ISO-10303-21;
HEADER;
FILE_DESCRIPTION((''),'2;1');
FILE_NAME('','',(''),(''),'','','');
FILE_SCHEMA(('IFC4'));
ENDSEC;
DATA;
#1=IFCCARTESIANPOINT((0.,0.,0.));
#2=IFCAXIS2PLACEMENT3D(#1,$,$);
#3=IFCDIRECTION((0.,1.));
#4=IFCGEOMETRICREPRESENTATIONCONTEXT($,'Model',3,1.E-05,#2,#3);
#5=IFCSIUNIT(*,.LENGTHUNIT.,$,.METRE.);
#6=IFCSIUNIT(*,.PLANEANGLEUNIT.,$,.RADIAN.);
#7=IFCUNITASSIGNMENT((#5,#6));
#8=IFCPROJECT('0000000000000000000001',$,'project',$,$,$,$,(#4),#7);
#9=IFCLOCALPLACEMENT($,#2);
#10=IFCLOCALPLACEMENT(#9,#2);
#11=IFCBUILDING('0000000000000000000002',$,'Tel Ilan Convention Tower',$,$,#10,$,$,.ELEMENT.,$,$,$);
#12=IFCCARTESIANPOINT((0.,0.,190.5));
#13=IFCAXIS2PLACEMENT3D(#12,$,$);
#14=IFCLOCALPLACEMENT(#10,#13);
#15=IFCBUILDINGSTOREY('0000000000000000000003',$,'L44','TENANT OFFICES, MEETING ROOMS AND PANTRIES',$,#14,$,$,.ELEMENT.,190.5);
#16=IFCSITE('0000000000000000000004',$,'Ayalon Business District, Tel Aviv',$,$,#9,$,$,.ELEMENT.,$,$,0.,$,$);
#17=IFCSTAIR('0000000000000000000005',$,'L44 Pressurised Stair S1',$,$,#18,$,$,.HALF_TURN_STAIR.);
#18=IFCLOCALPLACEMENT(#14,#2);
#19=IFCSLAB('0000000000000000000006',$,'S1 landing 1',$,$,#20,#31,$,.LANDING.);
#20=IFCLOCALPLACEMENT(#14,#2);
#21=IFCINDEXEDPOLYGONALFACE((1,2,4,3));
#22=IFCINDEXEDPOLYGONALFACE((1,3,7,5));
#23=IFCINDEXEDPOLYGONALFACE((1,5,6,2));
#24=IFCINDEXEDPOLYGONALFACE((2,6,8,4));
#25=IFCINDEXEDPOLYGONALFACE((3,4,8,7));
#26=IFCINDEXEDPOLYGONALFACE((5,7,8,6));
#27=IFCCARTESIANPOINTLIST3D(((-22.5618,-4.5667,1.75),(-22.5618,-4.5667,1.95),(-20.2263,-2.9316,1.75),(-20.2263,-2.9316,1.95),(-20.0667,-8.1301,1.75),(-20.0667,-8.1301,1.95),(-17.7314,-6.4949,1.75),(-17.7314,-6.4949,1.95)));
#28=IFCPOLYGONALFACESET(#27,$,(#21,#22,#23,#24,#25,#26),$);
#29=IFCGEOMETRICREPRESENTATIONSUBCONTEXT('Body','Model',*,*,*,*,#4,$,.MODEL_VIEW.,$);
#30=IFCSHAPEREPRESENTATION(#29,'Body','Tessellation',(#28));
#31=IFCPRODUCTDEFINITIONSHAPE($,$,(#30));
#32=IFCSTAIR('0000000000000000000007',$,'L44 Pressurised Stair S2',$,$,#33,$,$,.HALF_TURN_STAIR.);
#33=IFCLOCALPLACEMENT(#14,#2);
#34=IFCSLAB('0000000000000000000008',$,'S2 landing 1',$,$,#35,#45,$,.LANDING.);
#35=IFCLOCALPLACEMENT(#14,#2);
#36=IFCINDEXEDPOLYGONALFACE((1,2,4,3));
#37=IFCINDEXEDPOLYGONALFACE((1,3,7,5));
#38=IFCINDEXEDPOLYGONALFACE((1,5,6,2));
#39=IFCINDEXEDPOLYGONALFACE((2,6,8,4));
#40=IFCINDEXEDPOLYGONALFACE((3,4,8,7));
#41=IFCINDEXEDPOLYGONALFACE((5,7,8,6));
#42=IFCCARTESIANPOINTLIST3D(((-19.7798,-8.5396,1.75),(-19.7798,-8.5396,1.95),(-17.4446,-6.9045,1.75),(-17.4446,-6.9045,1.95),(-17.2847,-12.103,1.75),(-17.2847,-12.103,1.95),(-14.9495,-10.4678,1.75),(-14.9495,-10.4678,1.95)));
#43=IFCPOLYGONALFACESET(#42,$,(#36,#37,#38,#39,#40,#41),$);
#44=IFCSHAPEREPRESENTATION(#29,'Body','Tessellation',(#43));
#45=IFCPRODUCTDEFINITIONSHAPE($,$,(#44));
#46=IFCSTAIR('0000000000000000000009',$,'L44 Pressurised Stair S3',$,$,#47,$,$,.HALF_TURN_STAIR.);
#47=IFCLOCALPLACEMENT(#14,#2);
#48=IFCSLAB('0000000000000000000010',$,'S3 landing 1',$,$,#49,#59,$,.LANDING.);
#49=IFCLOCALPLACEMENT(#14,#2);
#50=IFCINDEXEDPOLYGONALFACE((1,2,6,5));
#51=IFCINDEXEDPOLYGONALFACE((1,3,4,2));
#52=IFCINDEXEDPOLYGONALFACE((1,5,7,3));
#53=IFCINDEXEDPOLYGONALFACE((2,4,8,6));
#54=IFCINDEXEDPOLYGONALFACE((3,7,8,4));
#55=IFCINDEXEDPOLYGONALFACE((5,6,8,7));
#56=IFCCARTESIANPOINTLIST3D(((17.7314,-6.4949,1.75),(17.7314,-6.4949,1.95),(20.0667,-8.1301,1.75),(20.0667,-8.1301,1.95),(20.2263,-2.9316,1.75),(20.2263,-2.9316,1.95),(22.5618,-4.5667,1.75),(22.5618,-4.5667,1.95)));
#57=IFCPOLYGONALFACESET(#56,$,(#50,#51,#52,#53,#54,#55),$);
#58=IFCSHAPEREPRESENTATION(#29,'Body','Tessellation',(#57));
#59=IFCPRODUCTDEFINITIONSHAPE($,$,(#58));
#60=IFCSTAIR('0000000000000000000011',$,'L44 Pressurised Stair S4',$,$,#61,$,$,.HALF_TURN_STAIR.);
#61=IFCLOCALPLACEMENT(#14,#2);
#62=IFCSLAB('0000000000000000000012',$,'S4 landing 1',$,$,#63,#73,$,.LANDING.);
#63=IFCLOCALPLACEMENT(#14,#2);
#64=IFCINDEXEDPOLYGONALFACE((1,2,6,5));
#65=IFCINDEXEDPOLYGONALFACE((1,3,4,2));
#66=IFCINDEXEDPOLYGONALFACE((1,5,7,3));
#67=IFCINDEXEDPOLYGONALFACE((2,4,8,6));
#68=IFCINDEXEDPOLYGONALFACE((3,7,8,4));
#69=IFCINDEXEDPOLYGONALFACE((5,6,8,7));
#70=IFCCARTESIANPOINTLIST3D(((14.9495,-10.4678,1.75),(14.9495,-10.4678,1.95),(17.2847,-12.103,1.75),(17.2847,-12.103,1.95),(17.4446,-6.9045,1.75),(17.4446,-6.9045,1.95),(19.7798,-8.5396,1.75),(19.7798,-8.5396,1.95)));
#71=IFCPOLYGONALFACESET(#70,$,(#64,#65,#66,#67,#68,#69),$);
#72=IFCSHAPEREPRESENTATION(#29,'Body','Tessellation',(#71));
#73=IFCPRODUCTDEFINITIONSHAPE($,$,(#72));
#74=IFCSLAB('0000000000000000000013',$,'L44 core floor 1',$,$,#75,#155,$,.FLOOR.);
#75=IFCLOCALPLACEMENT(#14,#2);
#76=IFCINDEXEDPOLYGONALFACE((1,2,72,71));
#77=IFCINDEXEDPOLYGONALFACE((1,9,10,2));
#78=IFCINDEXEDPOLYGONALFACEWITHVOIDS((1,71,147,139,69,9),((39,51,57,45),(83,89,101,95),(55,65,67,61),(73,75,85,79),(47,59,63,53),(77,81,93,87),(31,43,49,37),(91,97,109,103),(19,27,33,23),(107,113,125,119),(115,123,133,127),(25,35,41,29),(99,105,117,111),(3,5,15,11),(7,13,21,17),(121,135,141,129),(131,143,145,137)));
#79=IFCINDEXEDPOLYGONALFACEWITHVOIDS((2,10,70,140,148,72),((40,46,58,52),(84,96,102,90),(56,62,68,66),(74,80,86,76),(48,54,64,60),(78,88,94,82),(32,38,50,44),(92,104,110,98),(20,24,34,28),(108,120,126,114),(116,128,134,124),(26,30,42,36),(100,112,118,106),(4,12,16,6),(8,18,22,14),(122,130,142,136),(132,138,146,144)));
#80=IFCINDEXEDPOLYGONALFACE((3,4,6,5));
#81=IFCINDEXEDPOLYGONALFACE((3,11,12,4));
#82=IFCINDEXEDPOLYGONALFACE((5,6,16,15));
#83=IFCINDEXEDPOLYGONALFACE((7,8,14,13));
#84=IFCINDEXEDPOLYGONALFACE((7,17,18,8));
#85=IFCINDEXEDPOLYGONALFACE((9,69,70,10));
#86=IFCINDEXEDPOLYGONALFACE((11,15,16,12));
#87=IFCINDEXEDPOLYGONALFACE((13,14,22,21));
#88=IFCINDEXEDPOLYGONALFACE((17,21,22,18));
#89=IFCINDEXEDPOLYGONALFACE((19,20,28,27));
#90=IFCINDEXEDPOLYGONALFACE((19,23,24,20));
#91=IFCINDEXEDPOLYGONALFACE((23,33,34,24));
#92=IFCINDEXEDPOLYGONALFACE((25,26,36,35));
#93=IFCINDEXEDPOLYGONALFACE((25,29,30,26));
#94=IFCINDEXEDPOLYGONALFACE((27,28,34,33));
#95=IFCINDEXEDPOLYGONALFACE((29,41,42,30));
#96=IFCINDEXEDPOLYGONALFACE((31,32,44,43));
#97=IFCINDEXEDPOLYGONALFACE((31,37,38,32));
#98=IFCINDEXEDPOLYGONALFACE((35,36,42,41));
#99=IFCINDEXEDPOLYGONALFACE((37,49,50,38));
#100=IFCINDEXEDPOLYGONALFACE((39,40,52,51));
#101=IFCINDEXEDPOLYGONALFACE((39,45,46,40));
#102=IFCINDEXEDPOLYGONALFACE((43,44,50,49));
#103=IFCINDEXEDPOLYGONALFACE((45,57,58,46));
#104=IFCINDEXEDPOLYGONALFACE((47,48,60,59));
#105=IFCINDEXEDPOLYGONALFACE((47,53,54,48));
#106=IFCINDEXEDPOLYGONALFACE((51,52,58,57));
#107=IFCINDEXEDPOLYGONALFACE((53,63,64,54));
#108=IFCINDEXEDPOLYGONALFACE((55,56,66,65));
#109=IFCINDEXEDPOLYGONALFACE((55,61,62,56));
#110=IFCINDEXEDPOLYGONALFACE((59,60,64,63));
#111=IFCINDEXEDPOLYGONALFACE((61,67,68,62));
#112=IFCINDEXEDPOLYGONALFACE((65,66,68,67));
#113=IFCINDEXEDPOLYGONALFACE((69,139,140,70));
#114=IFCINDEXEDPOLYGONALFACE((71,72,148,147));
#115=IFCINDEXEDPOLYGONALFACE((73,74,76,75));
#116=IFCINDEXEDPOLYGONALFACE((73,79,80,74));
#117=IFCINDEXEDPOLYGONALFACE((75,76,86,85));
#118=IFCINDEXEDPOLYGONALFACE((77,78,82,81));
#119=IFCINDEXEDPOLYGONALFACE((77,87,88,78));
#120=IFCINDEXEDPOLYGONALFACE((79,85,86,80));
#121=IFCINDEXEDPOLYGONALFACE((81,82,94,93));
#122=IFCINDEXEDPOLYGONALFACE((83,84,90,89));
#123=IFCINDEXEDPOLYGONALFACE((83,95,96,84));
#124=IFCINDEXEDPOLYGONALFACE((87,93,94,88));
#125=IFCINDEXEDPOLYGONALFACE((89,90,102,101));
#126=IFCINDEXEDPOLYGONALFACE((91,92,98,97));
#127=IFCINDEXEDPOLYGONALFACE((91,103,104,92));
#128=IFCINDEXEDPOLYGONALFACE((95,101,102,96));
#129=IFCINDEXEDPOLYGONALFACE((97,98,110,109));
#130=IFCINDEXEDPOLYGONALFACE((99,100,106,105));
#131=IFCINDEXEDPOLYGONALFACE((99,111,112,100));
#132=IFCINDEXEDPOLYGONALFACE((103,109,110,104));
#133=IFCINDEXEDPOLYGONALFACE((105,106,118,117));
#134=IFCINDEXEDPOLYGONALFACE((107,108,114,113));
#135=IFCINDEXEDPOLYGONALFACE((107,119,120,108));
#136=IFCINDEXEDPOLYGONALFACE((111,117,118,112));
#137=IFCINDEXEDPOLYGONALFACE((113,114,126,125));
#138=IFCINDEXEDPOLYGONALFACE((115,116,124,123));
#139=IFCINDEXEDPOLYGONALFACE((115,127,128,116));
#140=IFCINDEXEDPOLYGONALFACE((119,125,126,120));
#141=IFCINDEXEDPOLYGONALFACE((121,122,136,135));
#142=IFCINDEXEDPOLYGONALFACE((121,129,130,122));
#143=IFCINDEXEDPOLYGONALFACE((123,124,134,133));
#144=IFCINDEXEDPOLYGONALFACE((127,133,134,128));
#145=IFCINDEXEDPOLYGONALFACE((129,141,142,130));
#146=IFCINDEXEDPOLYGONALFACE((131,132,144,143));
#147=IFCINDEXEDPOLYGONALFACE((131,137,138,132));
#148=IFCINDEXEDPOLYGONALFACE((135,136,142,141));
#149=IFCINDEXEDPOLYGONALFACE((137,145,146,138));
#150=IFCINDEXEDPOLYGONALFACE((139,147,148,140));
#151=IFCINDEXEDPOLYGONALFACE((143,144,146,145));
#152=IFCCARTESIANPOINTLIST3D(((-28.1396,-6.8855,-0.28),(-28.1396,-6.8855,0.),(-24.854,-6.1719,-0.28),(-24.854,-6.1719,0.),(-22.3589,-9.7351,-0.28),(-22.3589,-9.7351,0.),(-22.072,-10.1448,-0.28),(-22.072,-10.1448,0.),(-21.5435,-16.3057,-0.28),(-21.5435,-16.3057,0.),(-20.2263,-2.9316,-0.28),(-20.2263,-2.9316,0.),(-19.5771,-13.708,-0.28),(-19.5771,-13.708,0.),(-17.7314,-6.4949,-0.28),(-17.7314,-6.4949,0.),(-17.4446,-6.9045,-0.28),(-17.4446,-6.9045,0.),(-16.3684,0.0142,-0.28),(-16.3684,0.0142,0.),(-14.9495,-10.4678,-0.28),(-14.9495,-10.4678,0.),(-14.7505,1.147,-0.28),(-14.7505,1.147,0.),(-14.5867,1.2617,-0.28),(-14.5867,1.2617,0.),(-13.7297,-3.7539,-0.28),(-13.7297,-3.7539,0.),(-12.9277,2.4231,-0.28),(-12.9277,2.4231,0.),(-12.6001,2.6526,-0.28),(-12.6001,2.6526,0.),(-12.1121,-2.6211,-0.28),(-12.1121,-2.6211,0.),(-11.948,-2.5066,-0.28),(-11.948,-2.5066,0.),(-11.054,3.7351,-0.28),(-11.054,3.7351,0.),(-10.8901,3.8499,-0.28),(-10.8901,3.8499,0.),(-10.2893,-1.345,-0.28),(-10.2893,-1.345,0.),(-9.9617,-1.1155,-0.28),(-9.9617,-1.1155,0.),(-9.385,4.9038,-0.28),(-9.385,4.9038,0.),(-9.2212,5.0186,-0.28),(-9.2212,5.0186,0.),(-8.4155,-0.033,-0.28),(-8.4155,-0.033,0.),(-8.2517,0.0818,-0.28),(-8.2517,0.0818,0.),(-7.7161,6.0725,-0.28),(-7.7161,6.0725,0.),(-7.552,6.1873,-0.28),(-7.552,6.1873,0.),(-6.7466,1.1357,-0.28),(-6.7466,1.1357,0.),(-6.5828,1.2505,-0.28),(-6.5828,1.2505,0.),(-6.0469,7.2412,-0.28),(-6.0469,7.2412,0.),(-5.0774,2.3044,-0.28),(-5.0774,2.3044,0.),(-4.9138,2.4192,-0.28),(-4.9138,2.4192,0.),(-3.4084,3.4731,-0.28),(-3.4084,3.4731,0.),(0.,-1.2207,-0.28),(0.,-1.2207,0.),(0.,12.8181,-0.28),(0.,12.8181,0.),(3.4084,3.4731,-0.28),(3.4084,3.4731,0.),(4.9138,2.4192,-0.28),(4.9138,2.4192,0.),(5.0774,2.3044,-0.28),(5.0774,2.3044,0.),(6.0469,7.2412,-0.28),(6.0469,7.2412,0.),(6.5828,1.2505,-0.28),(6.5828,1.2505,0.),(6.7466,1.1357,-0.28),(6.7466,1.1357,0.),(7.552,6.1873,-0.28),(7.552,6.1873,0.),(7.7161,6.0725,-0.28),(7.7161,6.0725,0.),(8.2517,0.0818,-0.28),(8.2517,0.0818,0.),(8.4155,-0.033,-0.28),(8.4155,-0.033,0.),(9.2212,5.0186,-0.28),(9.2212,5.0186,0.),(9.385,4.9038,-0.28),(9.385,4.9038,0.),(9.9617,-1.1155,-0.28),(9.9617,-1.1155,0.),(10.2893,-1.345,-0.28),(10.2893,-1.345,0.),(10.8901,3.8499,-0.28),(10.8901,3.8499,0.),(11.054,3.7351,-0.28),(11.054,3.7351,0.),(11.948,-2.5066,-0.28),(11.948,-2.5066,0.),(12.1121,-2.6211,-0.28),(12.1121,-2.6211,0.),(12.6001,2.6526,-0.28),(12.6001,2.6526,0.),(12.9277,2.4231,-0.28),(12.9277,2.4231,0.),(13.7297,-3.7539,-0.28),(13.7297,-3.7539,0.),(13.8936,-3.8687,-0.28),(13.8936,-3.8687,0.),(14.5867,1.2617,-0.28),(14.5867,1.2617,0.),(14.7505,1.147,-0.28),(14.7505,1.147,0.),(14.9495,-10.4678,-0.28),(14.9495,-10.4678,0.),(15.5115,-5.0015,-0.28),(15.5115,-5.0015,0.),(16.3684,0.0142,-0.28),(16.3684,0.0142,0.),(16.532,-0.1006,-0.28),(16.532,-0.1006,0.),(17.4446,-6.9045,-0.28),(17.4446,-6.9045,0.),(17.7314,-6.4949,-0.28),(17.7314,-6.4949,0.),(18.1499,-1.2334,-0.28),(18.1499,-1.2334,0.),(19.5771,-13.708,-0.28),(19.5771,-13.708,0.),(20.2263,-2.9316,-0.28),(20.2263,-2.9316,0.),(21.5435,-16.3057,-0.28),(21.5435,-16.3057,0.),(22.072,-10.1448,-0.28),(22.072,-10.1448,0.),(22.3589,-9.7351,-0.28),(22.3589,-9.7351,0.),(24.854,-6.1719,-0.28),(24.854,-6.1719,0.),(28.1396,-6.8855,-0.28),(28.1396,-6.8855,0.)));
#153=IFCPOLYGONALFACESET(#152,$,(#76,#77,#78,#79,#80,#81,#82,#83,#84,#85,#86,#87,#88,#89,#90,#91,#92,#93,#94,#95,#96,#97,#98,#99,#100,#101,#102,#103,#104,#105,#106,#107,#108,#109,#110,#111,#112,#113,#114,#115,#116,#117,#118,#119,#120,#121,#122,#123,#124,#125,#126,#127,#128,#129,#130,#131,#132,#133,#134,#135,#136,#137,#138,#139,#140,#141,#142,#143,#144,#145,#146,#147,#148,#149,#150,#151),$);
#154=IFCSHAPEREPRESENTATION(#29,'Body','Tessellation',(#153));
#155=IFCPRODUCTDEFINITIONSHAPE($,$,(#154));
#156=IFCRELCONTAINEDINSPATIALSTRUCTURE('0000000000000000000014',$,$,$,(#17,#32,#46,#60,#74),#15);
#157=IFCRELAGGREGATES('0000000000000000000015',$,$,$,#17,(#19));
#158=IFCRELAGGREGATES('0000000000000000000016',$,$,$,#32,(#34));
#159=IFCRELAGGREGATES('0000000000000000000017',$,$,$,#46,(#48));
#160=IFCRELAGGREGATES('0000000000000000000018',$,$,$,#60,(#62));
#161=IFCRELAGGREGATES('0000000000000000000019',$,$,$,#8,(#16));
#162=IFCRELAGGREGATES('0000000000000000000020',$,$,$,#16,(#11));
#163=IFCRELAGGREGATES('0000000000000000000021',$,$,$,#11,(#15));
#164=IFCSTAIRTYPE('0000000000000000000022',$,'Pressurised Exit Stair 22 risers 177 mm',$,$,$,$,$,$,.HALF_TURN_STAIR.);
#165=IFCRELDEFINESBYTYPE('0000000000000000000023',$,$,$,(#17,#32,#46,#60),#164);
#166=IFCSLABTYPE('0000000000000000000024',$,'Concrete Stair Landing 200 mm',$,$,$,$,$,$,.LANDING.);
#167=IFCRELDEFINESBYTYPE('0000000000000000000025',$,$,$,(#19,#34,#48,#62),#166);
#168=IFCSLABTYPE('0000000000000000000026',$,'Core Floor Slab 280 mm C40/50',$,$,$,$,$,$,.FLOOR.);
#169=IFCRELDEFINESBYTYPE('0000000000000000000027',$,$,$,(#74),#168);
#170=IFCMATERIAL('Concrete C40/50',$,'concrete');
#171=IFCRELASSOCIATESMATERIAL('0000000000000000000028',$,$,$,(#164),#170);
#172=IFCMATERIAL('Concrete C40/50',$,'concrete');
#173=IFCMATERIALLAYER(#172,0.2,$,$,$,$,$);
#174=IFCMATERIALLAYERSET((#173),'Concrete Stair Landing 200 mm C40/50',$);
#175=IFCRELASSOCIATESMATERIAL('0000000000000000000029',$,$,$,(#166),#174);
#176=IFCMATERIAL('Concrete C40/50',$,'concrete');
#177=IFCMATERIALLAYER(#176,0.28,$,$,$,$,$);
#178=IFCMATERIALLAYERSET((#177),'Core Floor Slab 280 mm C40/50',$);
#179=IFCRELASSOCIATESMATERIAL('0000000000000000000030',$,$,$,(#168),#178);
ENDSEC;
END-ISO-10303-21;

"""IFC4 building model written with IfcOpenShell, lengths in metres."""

from ifc_helpers import new_model, si_unit, direction, frame, origin, place, context, subcontext, project, spatial, polyline, outline, extrude, material, layer, layer_set, type_object, element, aggregate, save


model = new_model("IFC4")

# Units and contexts
model_context = context("Model", 3, precision=1e-05, world=origin(), true_north=direction((0.0, 1.0)))
body_context = subcontext(model_context, "Body", "Model", "MODEL_VIEW")
ifc_project = project(units=[si_unit("LENGTHUNIT", "METRE"), si_unit("PLANEANGLEUNIT", "RADIAN")], contexts=[model_context])

# Site, building, storey
site_placement = place(None, origin())
site = spatial("IfcSite", under=ifc_project, at=site_placement, Name="Ayalon Business District, Tel Aviv", CompositionType="ELEMENT", RefElevation=0.0)
building_placement = place(site_placement, origin())
building = spatial("IfcBuilding", under=site, at=building_placement, Name="Tel Ilan Convention Tower", CompositionType="ELEMENT")
storey_placement = place(building_placement, frame((0.0, 0.0, 190.5)))
storey = spatial("IfcBuildingStorey", under=building, at=storey_placement, Name="L44", Description="TENANT OFFICES, MEETING ROOMS AND PANTRIES", CompositionType="ELEMENT", Elevation=190.5)

# Stairs, slabs
ifc_material_1 = material(Name="Concrete C40/50", Category="concrete")
stair_type = type_object("IfcStairType", Name="Pressurised Exit Stair 22 risers 177 mm", PredefinedType="HALF_TURN_STAIR", material=ifc_material_1)
stair_1_placement = place(storey_placement, origin())
stair_1 = element("IfcStair", 1, at=stair_1_placement, inside=storey, type_object=stair_type, Name="L44 Pressurised Stair S1", PredefinedType="HALF_TURN_STAIR")
ifc_material_2 = material(Name="Concrete C40/50", Category="concrete")
ifc_layer_1 = layer(ifc_material_2, 0.2)
ifc_layer_set_1 = layer_set([ifc_layer_1], Name="Concrete Stair Landing 200 mm C40/50")
slab_type_1 = type_object("IfcSlabType", Name="Concrete Stair Landing 200 mm", PredefinedType="LANDING", material=ifc_layer_set_1)
slab_1_placement = place(storey_placement, frame((0.0, 0.0, 1.75)))
slab_1 = element("IfcSlab", 2, at=slab_1_placement, type_object=slab_type_1, Name="S1 landing 1", PredefinedType="LANDING", context=body_context, shape_type="SweptSolid", body=[
    extrude(outline(polyline([(-20.0667, -8.1301), (-17.7314, -6.4949), (-20.2263, -2.9316), (-22.5618, -4.5667), (-20.0667, -8.1301)])), origin(), (0.0, 0.0, 1.0), 0.2),
])
aggregate(stair_1, [slab_1])
stair_2_placement = place(storey_placement, origin())
stair_2 = element("IfcStair", 3, at=stair_2_placement, inside=storey, type_object=stair_type, Name="L44 Pressurised Stair S2", PredefinedType="HALF_TURN_STAIR")
slab_2_placement = place(storey_placement, frame((0.0, 0.0, 1.75)))
slab_2 = element("IfcSlab", 4, at=slab_2_placement, type_object=slab_type_1, Name="S2 landing 1", PredefinedType="LANDING", context=body_context, shape_type="SweptSolid", body=[
    extrude(outline(polyline([(-17.2847, -12.103), (-14.9495, -10.4678), (-17.4446, -6.9045), (-19.7798, -8.5396), (-17.2847, -12.103)])), origin(), (0.0, 0.0, 1.0), 0.2),
])
aggregate(stair_2, [slab_2])
stair_3_placement = place(storey_placement, origin())
stair_3 = element("IfcStair", 5, at=stair_3_placement, inside=storey, type_object=stair_type, Name="L44 Pressurised Stair S3", PredefinedType="HALF_TURN_STAIR")
slab_3_placement = place(storey_placement, frame((0.0, 0.0, 1.75)))
slab_3 = element("IfcSlab", 6, at=slab_3_placement, type_object=slab_type_1, Name="S3 landing 1", PredefinedType="LANDING", context=body_context, shape_type="SweptSolid", body=[
    extrude(outline(polyline([(22.5618, -4.5667), (20.2263, -2.9316), (17.7314, -6.4949), (20.0667, -8.1301), (22.5618, -4.5667)])), origin(), (0.0, 0.0, 1.0), 0.2),
])
aggregate(stair_3, [slab_3])
stair_4_placement = place(storey_placement, origin())
stair_4 = element("IfcStair", 7, at=stair_4_placement, inside=storey, type_object=stair_type, Name="L44 Pressurised Stair S4", PredefinedType="HALF_TURN_STAIR")
slab_4_placement = place(storey_placement, frame((0.0, 0.0, 1.75)))
slab_4 = element("IfcSlab", 8, at=slab_4_placement, type_object=slab_type_1, Name="S4 landing 1", PredefinedType="LANDING", context=body_context, shape_type="SweptSolid", body=[
    extrude(outline(polyline([(19.7798, -8.5396), (17.4446, -6.9045), (14.9495, -10.4678), (17.2847, -12.103), (19.7798, -8.5396)])), origin(), (0.0, 0.0, 1.0), 0.2),
])
aggregate(stair_4, [slab_4])

# Slab
ifc_material_3 = material(Name="Concrete C40/50", Category="concrete")
ifc_layer_2 = layer(ifc_material_3, 0.28)
ifc_layer_set_2 = layer_set([ifc_layer_2], Name="Core Floor Slab 280 mm C40/50")
slab_type_2 = type_object("IfcSlabType", Name="Core Floor Slab 280 mm C40/50", PredefinedType="FLOOR", material=ifc_layer_set_2)
slab_5_placement = place(storey_placement, frame((0.0, 0.0, -0.28)))
element("IfcSlab", 9, at=slab_5_placement, inside=storey, type_object=slab_type_2, Name="L44 core floor 1", PredefinedType="FLOOR", context=body_context, shape_type="SweptSolid", body=[
    extrude(outline(polyline([(-28.1396, -6.8855), (0.0, 12.8181), (28.1396, -6.8855), (21.5435, -16.3057), (0.0, -1.2207), (-21.5435, -16.3057), (-28.1396, -6.8855)]), holes=[polyline([(-14.9495, -10.4678), (-17.4446, -6.9045), (-22.072, -10.1448), (-19.5771, -13.708), (-14.9495, -10.4678)]), polyline([(-17.7314, -6.4949), (-20.2263, -2.9316), (-24.854, -6.1719), (-22.3589, -9.7351), (-17.7314, -6.4949)]), polyline([(-14.7505, 1.147), (-16.3684, 0.0142), (-13.7297, -3.7539), (-12.1121, -2.6211), (-14.7505, 1.147)]), polyline([(-12.9277, 2.4231), (-14.5867, 1.2617), (-11.948, -2.5066), (-10.2893, -1.345), (-12.9277, 2.4231)]), polyline([(-11.054, 3.7351), (-12.6001, 2.6526), (-9.9617, -1.1155), (-8.4155, -0.033), (-11.054, 3.7351)]), polyline([(-9.385, 4.9038), (-10.8901, 3.8499), (-8.2517, 0.0818), (-6.7466, 1.1357), (-9.385, 4.9038)]), polyline([(-7.7161, 6.0725), (-9.2212, 5.0186), (-6.5828, 1.2505), (-5.0774, 2.3044), (-7.7161, 6.0725)]), polyline([(-6.0469, 7.2412), (-7.552, 6.1873), (-4.9138, 2.4192), (-3.4084, 3.4731), (-6.0469, 7.2412)]), polyline([(4.9138, 2.4192), (7.552, 6.1873), (6.0469, 7.2412), (3.4084, 3.4731), (4.9138, 2.4192)]), polyline([(17.4446, -6.9045), (14.9495, -10.4678), (19.5771, -13.708), (22.072, -10.1448), (17.4446, -6.9045)]), polyline([(20.2263, -2.9316), (17.7314, -6.4949), (22.3589, -9.7351), (24.854, -6.1719), (20.2263, -2.9316)]), polyline([(15.5115, -5.0015), (18.1499, -1.2334), (16.532, -0.1006), (13.8936, -3.8687), (15.5115, -5.0015)]), polyline([(13.7297, -3.7539), (16.3684, 0.0142), (14.7505, 1.147), (12.1121, -2.6211), (13.7297, -3.7539)]), polyline([(11.948, -2.5066), (14.5867, 1.2617), (12.9277, 2.4231), (10.2893, -1.345), (11.948, -2.5066)]), polyline([(9.9617, -1.1155), (12.6001, 2.6526), (11.054, 3.7351), (8.4155, -0.033), (9.9617, -1.1155)]), polyline([(6.7466, 1.1357), (8.2517, 0.0818), (10.8901, 3.8499), (9.385, 4.9038), (6.7466, 1.1357)]), polyline([(5.0774, 2.3044), (6.5828, 1.2505), (9.2212, 5.0186), (7.7161, 6.0725), (5.0774, 2.3044)])]), origin(), (0.0, 0.0, 1.0), 0.28),
])

save(model, "model.ifc")
